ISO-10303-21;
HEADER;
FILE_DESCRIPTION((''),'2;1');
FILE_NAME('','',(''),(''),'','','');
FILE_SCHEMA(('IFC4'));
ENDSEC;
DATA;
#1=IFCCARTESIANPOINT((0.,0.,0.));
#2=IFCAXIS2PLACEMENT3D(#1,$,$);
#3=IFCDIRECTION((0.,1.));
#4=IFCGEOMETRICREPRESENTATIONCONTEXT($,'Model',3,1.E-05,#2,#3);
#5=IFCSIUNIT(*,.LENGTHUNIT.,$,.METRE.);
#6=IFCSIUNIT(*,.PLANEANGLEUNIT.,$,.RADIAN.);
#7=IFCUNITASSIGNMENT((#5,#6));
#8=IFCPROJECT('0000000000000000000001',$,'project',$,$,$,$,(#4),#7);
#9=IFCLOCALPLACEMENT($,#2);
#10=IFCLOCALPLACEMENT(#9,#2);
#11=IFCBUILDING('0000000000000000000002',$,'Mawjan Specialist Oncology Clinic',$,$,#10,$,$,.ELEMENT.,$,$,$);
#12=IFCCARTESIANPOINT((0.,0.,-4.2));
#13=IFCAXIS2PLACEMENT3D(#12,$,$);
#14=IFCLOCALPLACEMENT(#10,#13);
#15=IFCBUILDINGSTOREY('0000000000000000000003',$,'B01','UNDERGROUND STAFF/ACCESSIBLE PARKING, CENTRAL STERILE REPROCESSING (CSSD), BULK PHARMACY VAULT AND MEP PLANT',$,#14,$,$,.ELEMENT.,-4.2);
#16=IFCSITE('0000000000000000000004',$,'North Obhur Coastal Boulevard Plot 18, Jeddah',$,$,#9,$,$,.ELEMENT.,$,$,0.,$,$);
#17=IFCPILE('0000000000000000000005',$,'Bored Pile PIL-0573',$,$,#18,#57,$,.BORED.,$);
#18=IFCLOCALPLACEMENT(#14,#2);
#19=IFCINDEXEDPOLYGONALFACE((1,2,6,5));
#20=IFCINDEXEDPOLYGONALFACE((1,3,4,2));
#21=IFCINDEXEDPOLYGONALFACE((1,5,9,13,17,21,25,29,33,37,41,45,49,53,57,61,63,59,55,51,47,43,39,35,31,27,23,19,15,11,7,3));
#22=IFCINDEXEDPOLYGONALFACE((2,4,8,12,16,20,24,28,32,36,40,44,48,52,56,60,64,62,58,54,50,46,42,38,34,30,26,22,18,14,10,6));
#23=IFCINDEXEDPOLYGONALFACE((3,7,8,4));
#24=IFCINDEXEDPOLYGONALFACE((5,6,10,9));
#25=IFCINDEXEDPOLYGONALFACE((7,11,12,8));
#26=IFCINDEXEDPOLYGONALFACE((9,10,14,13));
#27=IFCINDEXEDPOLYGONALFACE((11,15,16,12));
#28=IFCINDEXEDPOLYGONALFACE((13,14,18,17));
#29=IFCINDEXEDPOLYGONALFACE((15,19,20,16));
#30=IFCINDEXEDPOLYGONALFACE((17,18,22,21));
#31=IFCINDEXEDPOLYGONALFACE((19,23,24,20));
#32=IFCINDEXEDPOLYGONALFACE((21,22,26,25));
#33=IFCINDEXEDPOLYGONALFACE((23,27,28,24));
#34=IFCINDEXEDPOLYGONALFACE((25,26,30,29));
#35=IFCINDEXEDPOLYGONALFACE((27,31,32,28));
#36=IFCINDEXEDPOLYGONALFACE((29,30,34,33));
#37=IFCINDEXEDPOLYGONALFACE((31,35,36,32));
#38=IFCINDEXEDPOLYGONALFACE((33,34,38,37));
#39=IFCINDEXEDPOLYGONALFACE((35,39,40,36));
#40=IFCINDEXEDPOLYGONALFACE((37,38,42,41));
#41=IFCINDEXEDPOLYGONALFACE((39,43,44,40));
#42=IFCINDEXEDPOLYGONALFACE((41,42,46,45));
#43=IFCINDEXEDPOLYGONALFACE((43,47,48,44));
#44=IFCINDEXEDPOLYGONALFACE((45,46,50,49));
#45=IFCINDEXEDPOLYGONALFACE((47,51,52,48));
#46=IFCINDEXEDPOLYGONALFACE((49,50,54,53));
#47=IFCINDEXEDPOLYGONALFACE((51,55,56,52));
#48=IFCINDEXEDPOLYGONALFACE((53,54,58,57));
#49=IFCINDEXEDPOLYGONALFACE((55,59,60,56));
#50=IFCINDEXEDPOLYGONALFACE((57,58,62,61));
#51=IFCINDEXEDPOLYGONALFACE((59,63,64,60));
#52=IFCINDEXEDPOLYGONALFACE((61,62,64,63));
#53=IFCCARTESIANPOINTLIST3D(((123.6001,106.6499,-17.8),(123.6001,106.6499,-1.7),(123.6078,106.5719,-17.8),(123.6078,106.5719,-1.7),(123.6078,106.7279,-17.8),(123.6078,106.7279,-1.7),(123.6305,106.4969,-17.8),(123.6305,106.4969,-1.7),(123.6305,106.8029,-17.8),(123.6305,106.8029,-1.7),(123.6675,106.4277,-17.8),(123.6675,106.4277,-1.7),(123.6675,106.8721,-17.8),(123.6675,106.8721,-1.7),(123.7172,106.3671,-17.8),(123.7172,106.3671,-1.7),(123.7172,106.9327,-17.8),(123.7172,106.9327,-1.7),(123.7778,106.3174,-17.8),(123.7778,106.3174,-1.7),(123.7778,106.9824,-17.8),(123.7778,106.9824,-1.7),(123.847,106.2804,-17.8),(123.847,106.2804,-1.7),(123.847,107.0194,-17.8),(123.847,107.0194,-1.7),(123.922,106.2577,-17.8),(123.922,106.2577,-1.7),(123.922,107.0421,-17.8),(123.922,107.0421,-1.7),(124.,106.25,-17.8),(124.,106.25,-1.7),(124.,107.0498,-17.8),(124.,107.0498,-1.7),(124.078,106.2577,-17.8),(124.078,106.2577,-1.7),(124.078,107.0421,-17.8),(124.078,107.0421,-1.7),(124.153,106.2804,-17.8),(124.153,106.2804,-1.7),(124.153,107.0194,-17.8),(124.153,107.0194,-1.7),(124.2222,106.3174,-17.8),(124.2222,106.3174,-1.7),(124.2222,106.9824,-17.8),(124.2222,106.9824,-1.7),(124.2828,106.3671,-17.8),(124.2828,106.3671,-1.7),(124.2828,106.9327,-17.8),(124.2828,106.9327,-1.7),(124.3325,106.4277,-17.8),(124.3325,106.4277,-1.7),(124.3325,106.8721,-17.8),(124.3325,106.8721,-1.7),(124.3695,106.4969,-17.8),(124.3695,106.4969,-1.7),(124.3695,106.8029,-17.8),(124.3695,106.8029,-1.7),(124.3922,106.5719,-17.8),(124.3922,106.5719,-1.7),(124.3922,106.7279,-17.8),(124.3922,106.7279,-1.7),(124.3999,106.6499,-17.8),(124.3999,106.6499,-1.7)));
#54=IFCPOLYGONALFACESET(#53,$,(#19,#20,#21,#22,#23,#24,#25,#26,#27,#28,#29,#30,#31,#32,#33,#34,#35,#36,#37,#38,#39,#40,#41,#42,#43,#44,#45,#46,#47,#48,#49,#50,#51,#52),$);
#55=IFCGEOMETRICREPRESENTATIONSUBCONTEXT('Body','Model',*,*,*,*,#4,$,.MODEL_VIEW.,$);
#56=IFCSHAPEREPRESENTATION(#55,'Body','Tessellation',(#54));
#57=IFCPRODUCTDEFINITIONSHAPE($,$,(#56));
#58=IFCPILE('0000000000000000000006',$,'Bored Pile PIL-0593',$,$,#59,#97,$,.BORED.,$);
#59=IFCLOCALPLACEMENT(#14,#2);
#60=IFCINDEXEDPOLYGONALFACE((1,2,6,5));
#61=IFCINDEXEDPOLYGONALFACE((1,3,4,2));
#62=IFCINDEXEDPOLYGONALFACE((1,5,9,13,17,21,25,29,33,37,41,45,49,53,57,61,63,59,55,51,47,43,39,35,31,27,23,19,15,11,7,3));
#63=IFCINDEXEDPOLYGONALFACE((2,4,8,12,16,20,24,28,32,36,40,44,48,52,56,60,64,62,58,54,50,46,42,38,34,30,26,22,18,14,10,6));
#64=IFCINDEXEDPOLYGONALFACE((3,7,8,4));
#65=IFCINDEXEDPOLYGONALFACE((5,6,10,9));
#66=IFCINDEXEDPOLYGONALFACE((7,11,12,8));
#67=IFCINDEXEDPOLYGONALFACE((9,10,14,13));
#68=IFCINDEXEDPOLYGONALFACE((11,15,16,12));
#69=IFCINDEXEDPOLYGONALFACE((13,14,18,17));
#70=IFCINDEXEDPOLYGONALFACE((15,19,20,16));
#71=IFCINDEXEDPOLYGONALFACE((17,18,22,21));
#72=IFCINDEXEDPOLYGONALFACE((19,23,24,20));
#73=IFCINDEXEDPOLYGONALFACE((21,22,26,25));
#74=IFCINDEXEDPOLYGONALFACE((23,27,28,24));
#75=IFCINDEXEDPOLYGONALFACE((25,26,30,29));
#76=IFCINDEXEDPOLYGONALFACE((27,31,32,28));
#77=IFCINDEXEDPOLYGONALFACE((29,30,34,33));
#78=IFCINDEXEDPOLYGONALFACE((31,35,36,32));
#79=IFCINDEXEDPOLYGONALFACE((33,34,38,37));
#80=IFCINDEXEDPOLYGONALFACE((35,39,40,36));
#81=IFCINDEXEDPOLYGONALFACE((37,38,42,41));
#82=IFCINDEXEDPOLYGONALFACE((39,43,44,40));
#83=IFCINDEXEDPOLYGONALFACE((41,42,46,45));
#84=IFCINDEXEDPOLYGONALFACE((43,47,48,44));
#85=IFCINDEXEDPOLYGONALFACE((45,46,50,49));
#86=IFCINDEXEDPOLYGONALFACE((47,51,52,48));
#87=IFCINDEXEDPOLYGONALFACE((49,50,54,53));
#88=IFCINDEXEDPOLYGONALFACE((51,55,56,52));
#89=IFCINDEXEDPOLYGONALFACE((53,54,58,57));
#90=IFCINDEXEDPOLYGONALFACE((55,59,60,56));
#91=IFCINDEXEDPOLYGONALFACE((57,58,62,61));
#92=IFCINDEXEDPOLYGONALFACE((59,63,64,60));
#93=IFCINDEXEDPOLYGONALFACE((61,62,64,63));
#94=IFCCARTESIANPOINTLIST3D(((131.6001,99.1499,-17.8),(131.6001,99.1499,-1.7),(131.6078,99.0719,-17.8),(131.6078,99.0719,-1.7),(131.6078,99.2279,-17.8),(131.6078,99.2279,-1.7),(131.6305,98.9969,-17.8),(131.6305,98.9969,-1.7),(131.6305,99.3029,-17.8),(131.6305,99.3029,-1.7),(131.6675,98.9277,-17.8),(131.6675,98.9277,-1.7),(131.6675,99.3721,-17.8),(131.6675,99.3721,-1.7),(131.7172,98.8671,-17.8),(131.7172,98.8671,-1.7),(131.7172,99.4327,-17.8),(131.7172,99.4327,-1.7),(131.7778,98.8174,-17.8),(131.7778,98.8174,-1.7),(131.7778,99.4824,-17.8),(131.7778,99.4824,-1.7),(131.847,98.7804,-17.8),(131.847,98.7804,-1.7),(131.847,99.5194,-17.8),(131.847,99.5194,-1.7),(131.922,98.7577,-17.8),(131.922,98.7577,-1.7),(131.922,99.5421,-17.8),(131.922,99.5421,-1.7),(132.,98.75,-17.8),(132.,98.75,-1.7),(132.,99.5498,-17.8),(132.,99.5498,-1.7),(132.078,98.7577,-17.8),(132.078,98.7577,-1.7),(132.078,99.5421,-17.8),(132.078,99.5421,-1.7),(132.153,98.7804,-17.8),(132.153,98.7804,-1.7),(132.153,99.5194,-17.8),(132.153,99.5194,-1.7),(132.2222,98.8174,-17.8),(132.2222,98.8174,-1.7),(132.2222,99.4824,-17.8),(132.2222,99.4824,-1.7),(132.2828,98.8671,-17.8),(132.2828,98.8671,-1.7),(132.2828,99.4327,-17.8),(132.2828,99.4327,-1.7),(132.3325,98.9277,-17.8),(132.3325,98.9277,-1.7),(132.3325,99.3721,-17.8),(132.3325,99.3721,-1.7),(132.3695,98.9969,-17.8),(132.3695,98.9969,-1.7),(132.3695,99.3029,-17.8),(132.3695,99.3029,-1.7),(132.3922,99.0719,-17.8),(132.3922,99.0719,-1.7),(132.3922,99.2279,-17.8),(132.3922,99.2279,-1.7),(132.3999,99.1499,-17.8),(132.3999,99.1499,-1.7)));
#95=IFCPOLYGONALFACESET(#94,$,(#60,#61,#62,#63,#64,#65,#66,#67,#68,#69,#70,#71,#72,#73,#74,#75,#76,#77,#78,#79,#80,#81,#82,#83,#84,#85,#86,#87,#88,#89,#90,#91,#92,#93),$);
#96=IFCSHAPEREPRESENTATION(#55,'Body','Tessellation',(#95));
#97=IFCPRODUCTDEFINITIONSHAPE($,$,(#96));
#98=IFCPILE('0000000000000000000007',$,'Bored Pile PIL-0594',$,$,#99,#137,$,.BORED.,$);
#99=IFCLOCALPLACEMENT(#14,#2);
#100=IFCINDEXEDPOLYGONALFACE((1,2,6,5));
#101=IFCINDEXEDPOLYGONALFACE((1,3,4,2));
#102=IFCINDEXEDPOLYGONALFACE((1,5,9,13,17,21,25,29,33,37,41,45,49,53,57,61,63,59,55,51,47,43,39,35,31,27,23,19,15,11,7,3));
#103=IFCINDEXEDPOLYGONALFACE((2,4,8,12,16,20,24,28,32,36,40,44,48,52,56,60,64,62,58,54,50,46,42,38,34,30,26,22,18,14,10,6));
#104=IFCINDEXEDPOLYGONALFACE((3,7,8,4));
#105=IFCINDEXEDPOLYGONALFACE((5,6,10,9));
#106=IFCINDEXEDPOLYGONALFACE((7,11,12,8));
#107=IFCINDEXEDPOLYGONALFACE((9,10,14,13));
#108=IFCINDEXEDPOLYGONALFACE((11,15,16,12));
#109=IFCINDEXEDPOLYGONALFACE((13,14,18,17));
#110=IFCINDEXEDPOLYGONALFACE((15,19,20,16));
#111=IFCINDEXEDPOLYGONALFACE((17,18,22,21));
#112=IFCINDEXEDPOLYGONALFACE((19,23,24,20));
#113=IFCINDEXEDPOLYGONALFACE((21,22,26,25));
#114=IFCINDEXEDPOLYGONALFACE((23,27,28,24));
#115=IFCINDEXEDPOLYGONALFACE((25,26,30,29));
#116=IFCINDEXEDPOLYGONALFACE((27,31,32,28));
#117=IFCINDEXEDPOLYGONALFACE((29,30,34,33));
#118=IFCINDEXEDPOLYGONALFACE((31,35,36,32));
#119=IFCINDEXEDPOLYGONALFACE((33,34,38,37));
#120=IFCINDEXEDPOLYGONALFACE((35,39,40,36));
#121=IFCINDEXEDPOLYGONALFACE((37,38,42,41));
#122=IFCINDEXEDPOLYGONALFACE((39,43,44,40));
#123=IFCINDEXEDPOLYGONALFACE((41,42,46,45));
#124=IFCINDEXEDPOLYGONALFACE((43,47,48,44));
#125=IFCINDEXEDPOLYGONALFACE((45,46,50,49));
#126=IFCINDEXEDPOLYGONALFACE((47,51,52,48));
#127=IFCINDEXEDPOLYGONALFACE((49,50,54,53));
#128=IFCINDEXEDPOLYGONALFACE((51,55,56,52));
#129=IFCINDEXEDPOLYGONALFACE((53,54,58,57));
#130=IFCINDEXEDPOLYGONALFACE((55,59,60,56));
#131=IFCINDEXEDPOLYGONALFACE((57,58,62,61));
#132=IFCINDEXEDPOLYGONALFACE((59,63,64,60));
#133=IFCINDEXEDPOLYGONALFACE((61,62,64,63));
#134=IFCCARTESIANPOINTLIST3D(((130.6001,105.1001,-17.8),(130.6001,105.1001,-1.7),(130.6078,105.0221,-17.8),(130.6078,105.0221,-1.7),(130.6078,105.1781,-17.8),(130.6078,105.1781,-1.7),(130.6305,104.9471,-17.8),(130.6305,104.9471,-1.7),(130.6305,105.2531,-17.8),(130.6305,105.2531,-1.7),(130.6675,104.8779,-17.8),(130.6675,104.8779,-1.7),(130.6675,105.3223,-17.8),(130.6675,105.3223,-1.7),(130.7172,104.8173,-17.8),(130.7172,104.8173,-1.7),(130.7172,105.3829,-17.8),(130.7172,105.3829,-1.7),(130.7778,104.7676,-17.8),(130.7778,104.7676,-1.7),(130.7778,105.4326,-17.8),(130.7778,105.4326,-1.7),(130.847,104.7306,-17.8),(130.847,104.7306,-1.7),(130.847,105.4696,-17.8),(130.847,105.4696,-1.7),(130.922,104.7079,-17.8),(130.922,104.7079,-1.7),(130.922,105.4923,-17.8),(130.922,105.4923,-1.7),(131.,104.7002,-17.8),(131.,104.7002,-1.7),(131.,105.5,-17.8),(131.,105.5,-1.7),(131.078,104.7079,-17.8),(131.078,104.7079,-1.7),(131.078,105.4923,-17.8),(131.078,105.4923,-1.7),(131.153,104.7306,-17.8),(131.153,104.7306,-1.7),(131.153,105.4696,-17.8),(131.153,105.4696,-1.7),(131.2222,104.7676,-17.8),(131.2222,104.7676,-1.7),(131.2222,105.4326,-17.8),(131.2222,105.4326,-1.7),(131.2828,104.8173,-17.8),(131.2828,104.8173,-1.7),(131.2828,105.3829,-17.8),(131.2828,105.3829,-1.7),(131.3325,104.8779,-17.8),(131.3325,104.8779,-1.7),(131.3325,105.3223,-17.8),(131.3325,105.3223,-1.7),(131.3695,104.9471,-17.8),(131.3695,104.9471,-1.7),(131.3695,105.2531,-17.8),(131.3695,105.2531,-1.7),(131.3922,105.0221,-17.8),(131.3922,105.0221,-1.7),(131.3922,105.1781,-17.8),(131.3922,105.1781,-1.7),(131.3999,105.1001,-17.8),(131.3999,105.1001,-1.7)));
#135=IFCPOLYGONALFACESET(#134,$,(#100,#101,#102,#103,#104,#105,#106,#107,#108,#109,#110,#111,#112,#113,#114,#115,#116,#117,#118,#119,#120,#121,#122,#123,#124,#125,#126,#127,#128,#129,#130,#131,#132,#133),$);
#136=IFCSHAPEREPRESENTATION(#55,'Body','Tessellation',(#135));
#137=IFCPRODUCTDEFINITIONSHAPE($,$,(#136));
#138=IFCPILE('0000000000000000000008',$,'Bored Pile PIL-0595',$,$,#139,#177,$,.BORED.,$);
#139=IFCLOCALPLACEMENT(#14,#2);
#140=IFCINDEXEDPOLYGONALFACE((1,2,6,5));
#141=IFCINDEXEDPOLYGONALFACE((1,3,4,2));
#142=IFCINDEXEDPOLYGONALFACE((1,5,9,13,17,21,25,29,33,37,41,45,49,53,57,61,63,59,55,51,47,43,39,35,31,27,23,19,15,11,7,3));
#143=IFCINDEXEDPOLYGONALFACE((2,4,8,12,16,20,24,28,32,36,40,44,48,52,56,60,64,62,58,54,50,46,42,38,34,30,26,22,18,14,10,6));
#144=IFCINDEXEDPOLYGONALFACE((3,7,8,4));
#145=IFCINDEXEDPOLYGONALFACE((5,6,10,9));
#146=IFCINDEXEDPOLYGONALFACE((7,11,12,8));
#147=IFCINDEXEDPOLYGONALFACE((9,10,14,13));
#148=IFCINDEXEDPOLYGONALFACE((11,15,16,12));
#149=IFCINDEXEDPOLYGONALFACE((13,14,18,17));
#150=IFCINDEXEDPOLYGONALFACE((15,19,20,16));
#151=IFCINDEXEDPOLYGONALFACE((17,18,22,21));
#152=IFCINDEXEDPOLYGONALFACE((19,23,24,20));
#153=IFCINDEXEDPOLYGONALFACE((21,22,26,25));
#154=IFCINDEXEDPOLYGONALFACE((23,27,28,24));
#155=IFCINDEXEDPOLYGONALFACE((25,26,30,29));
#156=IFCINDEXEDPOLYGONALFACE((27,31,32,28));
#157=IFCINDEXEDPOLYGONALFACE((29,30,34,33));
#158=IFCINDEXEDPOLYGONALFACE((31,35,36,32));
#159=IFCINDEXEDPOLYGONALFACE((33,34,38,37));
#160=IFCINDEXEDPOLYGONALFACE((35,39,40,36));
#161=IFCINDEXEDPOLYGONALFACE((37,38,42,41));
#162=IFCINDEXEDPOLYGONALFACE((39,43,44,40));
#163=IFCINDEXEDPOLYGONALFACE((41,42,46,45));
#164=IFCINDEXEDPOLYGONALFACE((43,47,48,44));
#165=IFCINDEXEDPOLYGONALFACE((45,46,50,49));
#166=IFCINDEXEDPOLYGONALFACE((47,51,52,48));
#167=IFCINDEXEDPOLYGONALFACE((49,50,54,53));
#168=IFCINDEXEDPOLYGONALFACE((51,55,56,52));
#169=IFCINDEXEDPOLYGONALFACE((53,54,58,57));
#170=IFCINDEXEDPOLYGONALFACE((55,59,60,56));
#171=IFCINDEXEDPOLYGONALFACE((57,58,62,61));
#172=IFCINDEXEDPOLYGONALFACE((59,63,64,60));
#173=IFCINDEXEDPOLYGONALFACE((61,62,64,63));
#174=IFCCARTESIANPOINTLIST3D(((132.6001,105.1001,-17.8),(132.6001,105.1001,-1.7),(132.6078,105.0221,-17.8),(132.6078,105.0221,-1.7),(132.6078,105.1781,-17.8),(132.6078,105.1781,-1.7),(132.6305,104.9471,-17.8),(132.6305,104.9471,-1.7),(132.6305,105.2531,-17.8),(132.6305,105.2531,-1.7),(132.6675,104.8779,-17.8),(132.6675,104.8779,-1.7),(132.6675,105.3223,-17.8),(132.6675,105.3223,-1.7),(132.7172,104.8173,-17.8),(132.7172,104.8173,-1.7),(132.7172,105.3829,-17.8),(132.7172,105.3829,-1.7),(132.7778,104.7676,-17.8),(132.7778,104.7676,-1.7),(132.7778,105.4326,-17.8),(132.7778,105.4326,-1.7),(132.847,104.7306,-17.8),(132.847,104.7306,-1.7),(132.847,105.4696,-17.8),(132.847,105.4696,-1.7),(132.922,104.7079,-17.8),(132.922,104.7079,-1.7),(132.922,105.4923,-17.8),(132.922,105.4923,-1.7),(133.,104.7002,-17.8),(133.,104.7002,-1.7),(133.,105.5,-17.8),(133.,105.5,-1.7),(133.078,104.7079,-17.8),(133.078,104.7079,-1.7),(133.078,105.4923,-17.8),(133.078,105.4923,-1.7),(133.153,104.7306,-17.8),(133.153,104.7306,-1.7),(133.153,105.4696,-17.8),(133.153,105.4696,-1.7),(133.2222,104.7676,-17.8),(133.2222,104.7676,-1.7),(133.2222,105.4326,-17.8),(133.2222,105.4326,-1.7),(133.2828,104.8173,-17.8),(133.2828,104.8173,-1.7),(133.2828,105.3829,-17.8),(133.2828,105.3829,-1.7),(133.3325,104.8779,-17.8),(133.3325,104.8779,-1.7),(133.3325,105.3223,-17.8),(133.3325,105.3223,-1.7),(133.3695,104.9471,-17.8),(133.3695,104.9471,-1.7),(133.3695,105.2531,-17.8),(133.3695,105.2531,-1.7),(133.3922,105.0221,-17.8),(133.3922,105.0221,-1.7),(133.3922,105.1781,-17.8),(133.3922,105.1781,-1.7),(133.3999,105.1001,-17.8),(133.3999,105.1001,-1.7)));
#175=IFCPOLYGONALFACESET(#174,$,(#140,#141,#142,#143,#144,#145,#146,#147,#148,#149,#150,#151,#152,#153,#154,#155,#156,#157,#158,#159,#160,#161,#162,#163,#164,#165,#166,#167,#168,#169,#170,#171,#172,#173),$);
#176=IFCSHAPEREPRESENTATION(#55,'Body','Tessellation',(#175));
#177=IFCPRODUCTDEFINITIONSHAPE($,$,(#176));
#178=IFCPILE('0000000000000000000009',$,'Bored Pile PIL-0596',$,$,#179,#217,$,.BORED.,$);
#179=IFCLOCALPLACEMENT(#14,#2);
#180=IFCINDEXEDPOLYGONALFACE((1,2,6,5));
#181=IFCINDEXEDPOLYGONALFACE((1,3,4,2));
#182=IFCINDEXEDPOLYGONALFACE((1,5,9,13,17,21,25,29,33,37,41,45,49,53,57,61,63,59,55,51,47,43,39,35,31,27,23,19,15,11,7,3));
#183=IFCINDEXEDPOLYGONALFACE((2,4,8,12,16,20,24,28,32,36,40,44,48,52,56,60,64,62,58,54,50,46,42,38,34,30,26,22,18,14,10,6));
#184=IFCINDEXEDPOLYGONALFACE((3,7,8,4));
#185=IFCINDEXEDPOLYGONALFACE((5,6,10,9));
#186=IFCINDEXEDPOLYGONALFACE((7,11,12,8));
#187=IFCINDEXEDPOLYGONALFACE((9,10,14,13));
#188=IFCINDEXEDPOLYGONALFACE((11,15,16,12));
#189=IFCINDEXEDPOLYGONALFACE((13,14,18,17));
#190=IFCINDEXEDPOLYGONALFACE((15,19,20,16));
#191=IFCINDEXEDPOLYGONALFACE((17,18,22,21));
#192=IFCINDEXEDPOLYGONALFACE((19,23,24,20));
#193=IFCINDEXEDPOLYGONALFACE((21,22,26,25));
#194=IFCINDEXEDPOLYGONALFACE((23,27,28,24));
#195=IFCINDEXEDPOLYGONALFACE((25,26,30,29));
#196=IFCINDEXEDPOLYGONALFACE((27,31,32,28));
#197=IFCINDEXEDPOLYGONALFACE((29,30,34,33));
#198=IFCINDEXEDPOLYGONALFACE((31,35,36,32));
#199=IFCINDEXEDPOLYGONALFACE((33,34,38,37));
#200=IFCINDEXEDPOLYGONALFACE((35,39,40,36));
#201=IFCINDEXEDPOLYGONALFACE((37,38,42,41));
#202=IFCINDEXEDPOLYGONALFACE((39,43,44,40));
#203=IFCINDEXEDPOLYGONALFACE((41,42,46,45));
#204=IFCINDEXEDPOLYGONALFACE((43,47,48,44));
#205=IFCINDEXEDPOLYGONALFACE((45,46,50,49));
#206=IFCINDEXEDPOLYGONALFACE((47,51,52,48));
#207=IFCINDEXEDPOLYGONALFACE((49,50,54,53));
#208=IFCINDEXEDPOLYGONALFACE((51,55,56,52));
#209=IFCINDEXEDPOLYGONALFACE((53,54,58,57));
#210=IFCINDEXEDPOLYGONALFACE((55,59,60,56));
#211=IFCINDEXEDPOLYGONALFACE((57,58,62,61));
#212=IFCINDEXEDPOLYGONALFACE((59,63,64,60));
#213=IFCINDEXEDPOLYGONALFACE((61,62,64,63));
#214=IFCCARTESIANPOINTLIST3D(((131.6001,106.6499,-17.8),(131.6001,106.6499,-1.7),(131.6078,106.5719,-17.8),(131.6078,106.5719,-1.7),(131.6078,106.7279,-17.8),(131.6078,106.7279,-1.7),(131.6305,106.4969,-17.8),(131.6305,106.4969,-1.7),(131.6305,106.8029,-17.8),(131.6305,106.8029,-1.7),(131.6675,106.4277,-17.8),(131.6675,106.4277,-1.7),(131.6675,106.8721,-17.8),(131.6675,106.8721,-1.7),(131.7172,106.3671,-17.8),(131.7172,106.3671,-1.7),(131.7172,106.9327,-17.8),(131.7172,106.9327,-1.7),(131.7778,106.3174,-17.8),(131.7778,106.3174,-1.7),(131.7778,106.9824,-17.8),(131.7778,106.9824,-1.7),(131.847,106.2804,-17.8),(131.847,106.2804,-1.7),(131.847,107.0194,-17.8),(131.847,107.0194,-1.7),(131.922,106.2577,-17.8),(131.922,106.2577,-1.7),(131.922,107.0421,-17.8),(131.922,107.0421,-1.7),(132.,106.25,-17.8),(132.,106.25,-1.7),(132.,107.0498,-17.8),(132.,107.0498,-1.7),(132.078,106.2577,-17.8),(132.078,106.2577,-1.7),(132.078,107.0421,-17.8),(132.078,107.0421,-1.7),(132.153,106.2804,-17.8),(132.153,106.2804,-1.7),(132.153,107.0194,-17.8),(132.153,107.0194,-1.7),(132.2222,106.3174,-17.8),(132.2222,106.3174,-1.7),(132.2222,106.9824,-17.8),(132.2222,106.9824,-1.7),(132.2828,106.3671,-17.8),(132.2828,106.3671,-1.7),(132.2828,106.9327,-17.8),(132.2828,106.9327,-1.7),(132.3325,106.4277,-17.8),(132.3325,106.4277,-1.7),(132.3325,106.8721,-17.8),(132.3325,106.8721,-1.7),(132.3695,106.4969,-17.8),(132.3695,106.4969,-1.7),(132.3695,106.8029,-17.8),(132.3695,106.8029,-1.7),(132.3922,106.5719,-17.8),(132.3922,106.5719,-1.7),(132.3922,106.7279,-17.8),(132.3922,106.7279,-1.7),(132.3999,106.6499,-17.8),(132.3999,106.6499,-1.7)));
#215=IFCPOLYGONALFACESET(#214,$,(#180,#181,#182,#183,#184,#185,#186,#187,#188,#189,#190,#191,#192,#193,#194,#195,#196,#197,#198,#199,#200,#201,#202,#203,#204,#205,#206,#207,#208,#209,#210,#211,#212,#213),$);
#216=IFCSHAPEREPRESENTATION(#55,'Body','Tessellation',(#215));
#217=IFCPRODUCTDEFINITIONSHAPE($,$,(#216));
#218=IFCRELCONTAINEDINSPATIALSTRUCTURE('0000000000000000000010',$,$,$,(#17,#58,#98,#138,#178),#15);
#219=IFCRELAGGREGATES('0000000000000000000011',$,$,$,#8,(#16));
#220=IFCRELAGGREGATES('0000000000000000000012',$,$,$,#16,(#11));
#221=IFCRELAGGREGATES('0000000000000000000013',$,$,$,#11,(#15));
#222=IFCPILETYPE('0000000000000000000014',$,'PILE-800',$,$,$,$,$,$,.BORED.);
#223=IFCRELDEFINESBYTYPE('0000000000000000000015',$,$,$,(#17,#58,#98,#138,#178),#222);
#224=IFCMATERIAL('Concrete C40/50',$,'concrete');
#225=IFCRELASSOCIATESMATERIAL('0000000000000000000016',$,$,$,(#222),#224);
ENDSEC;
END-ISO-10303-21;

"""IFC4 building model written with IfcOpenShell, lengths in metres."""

from ifc_helpers import new_model, si_unit, direction, frame, origin, origin_2d, place, context, subcontext, project, spatial, circle, extrude, material, material_profile, profile_set, type_object, element, save


model = new_model("IFC4")

# Units and contexts
model_context = context("Model", 3, precision=1e-05, world=origin(), true_north=direction((0.0, 1.0)))
body_context = subcontext(model_context, "Body", "Model", "MODEL_VIEW")
ifc_project = project(units=[si_unit("LENGTHUNIT", "METRE"), si_unit("PLANEANGLEUNIT", "RADIAN")], contexts=[model_context])

# Site, building, storey
site_placement = place(None, origin())
site = spatial("IfcSite", under=ifc_project, at=site_placement, Name="North Obhur Coastal Boulevard Plot 18, Jeddah", CompositionType="ELEMENT", RefElevation=0.0)
building_placement = place(site_placement, origin())
building = spatial("IfcBuilding", under=site, at=building_placement, Name="Mawjan Specialist Oncology Clinic", CompositionType="ELEMENT")
storey_placement = place(building_placement, frame((0.0, 0.0, -4.2)))
storey = spatial("IfcBuildingStorey", under=building, at=storey_placement, Name="B01", Description="UNDERGROUND STAFF/ACCESSIBLE PARKING, CENTRAL STERILE REPROCESSING (CSSD), BULK PHARMACY VAULT AND MEP PLANT", CompositionType="ELEMENT", Elevation=-4.2)

# Piles
ifc_material_1 = material(Name="Concrete C40/50", Category="concrete")
ifc_material_profile_1 = material_profile(ifc_material_1, circle(Radius=0.3999, at=origin_2d()), Name="BORED PILE D800", Category="concrete")
ifc_profile_set_1 = profile_set([ifc_material_profile_1], Name="Concrete C40/50")
pile_type_1 = type_object("IfcPileType", Name="PILE-800", PredefinedType="BORED", material=ifc_profile_set_1)
for number, where, z_axis, x_axis, name in (
    (1, (124.0, 106.6499, -1.7), (0.0, 0.0, -1.0), (1.0, 0.0, 0.0), "Bored Pile PIL-0573"),
    (2, (132.0, 99.1499, -1.7), (0.0, 0.0, -1.0), (1.0, 0.0, 0.0), "Bored Pile PIL-0593"),
    (3, (131.0, 105.1001, -1.7), (0.0, 0.0, -1.0), (1.0, 0.0, 0.0), "Bored Pile PIL-0594"),
    (4, (133.0, 105.1001, -1.7), (0.0, 0.0, -1.0), (1.0, 0.0, 0.0), "Bored Pile PIL-0595"),
    (5, (132.0, 106.6499, -1.7), (0.0, 0.0, -1.0), (1.0, 0.0, 0.0), "Bored Pile PIL-0596"),
):
    element("IfcPile", number, at=place(storey_placement, frame(where, z_axis=z_axis, x_axis=x_axis)), inside=storey, type_object=pile_type_1, Name=name, PredefinedType="BORED", context=body_context, shape_type="SweptSolid", body=[
        extrude(circle(Radius=0.3999, at=origin_2d()), origin(), (0.0, 0.0, 1.0), 16.1001),
    ])

save(model, "model.ifc")
